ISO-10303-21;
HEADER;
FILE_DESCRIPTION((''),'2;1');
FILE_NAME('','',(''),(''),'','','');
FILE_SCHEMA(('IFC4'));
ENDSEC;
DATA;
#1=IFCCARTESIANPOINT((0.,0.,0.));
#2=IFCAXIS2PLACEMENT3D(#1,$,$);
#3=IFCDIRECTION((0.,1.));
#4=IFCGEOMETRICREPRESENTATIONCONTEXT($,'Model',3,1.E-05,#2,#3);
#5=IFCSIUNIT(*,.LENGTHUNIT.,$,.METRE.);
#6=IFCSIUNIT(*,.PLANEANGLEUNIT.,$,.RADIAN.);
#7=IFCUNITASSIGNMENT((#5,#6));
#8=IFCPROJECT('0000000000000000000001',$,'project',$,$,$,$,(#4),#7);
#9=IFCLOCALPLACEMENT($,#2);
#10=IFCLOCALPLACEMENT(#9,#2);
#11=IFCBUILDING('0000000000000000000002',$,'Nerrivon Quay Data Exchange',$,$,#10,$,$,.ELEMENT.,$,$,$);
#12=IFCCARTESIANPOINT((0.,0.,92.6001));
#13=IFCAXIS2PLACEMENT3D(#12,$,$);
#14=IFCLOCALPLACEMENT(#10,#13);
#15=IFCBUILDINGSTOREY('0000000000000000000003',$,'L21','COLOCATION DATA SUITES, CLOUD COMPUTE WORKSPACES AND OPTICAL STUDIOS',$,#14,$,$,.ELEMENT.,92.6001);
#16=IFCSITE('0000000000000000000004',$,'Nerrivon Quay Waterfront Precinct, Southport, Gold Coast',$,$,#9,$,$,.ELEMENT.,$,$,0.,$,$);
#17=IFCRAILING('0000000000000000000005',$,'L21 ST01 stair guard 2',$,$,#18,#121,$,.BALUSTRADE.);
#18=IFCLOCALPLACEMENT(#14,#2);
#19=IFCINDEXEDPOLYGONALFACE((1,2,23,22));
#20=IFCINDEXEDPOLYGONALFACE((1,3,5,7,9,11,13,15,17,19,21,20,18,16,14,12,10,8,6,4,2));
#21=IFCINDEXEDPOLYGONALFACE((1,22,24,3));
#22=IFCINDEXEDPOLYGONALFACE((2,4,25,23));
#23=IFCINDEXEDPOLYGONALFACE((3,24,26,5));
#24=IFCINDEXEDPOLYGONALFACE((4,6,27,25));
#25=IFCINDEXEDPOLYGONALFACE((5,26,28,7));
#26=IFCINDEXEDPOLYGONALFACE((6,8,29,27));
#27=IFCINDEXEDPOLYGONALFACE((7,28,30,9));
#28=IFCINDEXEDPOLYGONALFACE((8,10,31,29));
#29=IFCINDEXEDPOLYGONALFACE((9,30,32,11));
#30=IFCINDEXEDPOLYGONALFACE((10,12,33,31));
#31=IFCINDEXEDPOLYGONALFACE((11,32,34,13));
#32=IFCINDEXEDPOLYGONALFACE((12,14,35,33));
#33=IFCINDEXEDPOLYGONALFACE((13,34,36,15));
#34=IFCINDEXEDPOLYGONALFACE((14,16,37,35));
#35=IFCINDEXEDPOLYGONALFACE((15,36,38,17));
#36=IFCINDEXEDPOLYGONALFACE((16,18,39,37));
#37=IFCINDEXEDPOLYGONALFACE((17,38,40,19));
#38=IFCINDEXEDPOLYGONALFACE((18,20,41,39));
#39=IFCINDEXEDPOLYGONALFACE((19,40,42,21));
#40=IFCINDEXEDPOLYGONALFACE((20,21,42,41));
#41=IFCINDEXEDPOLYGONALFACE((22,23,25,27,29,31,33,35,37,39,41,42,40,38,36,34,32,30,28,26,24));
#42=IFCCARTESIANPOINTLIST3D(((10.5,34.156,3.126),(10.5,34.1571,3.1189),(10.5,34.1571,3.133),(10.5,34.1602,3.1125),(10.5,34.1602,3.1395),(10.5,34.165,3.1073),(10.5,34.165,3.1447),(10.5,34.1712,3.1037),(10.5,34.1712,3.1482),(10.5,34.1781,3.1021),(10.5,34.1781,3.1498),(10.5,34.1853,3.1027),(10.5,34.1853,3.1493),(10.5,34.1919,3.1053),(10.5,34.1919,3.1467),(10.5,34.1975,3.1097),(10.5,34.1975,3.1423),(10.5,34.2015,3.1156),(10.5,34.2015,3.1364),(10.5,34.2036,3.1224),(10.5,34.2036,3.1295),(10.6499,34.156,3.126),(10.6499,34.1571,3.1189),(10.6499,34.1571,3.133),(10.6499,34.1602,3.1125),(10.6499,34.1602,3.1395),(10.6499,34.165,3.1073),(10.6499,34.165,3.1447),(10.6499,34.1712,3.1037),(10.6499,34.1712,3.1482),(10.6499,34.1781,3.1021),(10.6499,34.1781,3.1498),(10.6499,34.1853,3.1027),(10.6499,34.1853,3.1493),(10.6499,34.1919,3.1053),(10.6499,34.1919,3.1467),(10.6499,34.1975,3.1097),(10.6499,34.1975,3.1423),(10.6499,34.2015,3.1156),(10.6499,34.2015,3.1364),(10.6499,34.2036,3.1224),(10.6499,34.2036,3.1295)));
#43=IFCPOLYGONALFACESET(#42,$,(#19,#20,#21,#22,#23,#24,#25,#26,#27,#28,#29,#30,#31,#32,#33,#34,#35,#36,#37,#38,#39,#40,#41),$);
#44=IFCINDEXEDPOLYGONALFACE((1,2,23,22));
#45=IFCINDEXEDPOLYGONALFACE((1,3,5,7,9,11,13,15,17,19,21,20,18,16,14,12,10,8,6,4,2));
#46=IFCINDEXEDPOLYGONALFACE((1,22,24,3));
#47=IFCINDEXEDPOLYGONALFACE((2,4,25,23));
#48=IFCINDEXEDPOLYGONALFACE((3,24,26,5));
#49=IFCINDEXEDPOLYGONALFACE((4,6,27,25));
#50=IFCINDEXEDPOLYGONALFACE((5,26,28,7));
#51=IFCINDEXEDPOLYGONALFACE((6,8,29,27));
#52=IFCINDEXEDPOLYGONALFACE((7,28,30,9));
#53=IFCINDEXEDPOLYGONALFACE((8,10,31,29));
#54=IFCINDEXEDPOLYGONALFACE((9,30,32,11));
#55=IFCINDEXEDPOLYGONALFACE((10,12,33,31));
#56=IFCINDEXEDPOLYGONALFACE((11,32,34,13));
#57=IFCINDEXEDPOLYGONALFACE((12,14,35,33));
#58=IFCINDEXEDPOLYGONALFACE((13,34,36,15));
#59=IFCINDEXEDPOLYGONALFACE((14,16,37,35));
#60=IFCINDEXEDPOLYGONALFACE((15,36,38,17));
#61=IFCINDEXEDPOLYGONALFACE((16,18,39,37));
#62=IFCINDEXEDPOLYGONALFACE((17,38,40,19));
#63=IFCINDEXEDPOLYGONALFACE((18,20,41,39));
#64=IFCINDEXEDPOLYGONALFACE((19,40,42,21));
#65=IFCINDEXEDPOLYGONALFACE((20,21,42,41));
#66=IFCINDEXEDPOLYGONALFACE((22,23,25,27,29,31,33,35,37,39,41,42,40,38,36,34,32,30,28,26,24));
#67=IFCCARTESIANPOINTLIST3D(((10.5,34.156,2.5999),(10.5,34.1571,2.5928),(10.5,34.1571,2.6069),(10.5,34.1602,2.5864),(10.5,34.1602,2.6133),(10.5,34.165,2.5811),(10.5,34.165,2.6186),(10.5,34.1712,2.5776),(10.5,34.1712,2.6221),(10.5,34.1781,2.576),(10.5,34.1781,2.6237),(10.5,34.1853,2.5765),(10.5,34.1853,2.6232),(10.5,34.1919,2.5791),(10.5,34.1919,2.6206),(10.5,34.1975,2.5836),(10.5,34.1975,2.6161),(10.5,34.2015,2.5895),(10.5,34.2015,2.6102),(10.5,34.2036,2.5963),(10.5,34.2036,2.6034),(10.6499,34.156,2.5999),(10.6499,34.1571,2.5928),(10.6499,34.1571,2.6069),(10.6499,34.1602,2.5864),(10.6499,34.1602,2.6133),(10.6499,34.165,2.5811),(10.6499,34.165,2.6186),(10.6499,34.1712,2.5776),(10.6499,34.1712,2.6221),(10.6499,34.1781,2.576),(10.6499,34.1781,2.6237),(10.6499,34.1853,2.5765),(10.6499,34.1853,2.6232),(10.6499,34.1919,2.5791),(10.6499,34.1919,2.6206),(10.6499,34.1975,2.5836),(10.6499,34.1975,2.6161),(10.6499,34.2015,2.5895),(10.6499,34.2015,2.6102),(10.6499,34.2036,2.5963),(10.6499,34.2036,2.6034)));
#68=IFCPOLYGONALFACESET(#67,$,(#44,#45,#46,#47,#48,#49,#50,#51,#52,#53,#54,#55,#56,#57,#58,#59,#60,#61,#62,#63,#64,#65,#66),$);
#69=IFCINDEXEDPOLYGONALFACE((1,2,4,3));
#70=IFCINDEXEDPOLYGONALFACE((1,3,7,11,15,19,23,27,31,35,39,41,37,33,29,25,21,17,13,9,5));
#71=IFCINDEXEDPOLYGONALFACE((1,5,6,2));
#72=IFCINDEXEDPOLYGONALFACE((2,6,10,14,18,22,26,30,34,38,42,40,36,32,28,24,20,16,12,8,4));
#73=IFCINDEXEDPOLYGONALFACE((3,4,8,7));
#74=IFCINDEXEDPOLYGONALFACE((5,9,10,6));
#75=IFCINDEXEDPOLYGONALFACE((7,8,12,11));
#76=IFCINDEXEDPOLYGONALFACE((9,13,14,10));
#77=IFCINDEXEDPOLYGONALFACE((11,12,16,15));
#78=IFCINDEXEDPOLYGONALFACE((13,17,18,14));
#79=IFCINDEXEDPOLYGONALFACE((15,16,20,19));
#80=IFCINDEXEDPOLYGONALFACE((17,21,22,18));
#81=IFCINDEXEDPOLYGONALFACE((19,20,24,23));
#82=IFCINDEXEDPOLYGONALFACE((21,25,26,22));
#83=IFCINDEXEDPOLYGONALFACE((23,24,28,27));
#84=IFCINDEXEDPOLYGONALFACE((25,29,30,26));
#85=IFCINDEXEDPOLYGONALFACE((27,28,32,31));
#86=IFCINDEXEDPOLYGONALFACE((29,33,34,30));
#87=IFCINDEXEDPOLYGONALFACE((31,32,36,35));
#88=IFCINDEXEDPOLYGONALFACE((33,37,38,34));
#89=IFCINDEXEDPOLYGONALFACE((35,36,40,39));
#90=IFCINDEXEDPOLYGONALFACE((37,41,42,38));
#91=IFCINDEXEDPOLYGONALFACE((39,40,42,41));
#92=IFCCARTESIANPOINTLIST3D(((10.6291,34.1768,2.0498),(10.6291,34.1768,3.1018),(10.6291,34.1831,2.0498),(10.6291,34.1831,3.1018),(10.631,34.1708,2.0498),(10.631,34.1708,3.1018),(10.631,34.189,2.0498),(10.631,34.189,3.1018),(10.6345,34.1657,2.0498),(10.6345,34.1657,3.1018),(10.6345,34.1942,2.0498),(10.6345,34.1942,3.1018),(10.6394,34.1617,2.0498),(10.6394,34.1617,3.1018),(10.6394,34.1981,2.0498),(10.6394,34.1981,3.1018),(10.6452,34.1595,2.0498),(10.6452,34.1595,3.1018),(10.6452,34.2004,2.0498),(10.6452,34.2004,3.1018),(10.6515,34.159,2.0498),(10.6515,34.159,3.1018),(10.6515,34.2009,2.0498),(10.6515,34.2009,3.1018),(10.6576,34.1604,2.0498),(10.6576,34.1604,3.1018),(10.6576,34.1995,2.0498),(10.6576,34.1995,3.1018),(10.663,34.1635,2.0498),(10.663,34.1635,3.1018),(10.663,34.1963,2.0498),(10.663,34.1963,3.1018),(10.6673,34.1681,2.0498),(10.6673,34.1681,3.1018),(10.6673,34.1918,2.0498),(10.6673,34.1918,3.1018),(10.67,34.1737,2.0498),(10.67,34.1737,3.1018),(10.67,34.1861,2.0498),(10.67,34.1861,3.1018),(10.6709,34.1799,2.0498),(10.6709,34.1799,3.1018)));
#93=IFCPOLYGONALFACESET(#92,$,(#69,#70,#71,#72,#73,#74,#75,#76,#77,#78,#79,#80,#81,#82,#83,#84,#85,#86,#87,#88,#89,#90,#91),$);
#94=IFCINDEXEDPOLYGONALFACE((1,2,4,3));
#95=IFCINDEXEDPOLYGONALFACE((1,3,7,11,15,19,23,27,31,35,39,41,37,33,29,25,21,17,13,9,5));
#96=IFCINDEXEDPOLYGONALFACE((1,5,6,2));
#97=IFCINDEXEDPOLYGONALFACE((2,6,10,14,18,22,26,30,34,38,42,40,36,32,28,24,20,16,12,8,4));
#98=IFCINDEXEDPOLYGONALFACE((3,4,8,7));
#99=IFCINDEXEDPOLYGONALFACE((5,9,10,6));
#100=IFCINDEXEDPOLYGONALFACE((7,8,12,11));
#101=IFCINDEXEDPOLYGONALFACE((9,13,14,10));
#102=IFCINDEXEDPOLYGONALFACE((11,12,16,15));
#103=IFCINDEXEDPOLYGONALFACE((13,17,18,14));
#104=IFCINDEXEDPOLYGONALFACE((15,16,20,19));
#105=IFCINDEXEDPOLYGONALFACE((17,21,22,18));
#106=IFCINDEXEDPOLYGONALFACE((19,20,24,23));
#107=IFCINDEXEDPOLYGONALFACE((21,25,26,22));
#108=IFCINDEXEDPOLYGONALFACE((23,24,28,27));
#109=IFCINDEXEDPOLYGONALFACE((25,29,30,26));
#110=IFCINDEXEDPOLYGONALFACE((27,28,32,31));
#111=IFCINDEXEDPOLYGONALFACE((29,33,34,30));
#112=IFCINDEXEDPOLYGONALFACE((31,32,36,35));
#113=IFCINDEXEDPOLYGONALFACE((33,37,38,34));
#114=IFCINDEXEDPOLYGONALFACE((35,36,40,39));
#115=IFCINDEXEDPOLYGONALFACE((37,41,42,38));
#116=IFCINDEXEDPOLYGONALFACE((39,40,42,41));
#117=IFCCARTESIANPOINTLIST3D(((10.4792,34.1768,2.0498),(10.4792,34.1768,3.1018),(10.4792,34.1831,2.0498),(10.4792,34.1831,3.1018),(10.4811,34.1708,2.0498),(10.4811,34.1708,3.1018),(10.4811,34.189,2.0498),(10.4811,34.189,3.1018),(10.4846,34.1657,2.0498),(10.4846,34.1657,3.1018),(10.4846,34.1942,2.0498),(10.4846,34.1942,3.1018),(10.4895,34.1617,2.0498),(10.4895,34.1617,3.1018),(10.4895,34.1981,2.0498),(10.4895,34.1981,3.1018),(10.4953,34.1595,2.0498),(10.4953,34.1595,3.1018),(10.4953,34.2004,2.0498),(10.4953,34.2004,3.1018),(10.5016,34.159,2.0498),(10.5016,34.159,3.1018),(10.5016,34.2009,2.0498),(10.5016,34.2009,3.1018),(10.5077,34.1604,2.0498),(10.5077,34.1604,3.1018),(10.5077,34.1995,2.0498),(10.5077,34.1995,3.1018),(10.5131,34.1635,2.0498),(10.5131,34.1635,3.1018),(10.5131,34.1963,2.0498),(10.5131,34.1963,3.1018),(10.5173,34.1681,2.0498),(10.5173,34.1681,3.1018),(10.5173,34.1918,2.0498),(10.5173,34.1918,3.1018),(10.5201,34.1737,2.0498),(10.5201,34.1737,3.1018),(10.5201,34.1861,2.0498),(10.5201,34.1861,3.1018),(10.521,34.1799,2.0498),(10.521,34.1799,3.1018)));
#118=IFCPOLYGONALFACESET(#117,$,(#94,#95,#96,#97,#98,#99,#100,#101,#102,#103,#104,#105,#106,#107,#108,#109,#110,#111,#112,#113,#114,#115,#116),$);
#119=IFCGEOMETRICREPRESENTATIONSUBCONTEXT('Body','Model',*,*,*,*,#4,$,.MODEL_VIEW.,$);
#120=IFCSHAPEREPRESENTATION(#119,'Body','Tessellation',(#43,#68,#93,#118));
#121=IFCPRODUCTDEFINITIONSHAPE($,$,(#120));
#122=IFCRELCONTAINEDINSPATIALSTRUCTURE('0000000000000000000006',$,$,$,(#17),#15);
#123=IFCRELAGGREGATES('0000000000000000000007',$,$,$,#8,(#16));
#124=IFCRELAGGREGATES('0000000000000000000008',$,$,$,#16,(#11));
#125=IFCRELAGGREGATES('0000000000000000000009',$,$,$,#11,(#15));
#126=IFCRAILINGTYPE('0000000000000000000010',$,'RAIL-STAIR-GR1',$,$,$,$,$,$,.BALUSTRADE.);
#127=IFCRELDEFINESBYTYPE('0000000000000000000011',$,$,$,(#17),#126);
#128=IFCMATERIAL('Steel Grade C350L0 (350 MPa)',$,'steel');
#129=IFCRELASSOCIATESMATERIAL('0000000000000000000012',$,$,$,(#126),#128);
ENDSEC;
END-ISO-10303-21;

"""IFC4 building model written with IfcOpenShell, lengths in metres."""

from ifc_helpers import new_model, si_unit, direction, frame, origin, origin_2d, place, context, subcontext, project, spatial, circle, extrude, material, type_object, element, save


model = new_model("IFC4")

# Units and contexts
model_context = context("Model", 3, precision=1e-05, world=origin(), true_north=direction((0.0, 1.0)))
body_context = subcontext(model_context, "Body", "Model", "MODEL_VIEW")
ifc_project = project(units=[si_unit("LENGTHUNIT", "METRE"), si_unit("PLANEANGLEUNIT", "RADIAN")], contexts=[model_context])

# Site, building, storey
site_placement = place(None, origin())
site = spatial("IfcSite", under=ifc_project, at=site_placement, Name="Nerrivon Quay Waterfront Precinct, Southport, Gold Coast", CompositionType="ELEMENT", RefElevation=0.0)
building_placement = place(site_placement, origin())
building = spatial("IfcBuilding", under=site, at=building_placement, Name="Nerrivon Quay Data Exchange", CompositionType="ELEMENT")
storey_placement = place(building_placement, frame((0.0, 0.0, 92.6001)))
storey = spatial("IfcBuildingStorey", under=building, at=storey_placement, Name="L21", Description="COLOCATION DATA SUITES, CLOUD COMPUTE WORKSPACES AND OPTICAL STUDIOS", CompositionType="ELEMENT", Elevation=92.6001)

# Railing
ifc_material_1 = material(Name="Steel Grade C350L0 (350 MPa)", Category="steel")
railing_type_1 = type_object("IfcRailingType", Name="RAIL-STAIR-GR1", PredefinedType="BALUSTRADE", material=ifc_material_1)
railing_1_placement = place(storey_placement, frame((10.6499, 34.1799, 2.0498)))
element("IfcRailing", 1, at=railing_1_placement, inside=storey, type_object=railing_type_1, Name="L21 ST01 stair guard 2", PredefinedType="BALUSTRADE", context=body_context, shape_type="SweptSolid", body=[
    extrude(circle(Radius=0.0239, at=origin_2d()), frame((0.0, 0.0, 1.0762), z_axis=(-1.0, 0.0, 0.0), x_axis=(0.0, -1.0, 0.0)), (0.0, 0.0, 1.0), 0.1499),
    extrude(circle(Radius=0.0239, at=origin_2d()), frame((0.0, 0.0, 0.55), z_axis=(-1.0, 0.0, 0.0), x_axis=(0.0, -1.0, 0.0)), (0.0, 0.0, 1.0), 0.1499),
    extrude(circle(Radius=0.021, at=origin_2d()), origin(), (0.0, 0.0, 1.0), 1.052),
    extrude(circle(Radius=0.021, at=origin_2d()), frame((-0.1499, 0.0, 0.0)), (0.0, 0.0, 1.0), 1.052),
])

save(model, "model.ifc")
